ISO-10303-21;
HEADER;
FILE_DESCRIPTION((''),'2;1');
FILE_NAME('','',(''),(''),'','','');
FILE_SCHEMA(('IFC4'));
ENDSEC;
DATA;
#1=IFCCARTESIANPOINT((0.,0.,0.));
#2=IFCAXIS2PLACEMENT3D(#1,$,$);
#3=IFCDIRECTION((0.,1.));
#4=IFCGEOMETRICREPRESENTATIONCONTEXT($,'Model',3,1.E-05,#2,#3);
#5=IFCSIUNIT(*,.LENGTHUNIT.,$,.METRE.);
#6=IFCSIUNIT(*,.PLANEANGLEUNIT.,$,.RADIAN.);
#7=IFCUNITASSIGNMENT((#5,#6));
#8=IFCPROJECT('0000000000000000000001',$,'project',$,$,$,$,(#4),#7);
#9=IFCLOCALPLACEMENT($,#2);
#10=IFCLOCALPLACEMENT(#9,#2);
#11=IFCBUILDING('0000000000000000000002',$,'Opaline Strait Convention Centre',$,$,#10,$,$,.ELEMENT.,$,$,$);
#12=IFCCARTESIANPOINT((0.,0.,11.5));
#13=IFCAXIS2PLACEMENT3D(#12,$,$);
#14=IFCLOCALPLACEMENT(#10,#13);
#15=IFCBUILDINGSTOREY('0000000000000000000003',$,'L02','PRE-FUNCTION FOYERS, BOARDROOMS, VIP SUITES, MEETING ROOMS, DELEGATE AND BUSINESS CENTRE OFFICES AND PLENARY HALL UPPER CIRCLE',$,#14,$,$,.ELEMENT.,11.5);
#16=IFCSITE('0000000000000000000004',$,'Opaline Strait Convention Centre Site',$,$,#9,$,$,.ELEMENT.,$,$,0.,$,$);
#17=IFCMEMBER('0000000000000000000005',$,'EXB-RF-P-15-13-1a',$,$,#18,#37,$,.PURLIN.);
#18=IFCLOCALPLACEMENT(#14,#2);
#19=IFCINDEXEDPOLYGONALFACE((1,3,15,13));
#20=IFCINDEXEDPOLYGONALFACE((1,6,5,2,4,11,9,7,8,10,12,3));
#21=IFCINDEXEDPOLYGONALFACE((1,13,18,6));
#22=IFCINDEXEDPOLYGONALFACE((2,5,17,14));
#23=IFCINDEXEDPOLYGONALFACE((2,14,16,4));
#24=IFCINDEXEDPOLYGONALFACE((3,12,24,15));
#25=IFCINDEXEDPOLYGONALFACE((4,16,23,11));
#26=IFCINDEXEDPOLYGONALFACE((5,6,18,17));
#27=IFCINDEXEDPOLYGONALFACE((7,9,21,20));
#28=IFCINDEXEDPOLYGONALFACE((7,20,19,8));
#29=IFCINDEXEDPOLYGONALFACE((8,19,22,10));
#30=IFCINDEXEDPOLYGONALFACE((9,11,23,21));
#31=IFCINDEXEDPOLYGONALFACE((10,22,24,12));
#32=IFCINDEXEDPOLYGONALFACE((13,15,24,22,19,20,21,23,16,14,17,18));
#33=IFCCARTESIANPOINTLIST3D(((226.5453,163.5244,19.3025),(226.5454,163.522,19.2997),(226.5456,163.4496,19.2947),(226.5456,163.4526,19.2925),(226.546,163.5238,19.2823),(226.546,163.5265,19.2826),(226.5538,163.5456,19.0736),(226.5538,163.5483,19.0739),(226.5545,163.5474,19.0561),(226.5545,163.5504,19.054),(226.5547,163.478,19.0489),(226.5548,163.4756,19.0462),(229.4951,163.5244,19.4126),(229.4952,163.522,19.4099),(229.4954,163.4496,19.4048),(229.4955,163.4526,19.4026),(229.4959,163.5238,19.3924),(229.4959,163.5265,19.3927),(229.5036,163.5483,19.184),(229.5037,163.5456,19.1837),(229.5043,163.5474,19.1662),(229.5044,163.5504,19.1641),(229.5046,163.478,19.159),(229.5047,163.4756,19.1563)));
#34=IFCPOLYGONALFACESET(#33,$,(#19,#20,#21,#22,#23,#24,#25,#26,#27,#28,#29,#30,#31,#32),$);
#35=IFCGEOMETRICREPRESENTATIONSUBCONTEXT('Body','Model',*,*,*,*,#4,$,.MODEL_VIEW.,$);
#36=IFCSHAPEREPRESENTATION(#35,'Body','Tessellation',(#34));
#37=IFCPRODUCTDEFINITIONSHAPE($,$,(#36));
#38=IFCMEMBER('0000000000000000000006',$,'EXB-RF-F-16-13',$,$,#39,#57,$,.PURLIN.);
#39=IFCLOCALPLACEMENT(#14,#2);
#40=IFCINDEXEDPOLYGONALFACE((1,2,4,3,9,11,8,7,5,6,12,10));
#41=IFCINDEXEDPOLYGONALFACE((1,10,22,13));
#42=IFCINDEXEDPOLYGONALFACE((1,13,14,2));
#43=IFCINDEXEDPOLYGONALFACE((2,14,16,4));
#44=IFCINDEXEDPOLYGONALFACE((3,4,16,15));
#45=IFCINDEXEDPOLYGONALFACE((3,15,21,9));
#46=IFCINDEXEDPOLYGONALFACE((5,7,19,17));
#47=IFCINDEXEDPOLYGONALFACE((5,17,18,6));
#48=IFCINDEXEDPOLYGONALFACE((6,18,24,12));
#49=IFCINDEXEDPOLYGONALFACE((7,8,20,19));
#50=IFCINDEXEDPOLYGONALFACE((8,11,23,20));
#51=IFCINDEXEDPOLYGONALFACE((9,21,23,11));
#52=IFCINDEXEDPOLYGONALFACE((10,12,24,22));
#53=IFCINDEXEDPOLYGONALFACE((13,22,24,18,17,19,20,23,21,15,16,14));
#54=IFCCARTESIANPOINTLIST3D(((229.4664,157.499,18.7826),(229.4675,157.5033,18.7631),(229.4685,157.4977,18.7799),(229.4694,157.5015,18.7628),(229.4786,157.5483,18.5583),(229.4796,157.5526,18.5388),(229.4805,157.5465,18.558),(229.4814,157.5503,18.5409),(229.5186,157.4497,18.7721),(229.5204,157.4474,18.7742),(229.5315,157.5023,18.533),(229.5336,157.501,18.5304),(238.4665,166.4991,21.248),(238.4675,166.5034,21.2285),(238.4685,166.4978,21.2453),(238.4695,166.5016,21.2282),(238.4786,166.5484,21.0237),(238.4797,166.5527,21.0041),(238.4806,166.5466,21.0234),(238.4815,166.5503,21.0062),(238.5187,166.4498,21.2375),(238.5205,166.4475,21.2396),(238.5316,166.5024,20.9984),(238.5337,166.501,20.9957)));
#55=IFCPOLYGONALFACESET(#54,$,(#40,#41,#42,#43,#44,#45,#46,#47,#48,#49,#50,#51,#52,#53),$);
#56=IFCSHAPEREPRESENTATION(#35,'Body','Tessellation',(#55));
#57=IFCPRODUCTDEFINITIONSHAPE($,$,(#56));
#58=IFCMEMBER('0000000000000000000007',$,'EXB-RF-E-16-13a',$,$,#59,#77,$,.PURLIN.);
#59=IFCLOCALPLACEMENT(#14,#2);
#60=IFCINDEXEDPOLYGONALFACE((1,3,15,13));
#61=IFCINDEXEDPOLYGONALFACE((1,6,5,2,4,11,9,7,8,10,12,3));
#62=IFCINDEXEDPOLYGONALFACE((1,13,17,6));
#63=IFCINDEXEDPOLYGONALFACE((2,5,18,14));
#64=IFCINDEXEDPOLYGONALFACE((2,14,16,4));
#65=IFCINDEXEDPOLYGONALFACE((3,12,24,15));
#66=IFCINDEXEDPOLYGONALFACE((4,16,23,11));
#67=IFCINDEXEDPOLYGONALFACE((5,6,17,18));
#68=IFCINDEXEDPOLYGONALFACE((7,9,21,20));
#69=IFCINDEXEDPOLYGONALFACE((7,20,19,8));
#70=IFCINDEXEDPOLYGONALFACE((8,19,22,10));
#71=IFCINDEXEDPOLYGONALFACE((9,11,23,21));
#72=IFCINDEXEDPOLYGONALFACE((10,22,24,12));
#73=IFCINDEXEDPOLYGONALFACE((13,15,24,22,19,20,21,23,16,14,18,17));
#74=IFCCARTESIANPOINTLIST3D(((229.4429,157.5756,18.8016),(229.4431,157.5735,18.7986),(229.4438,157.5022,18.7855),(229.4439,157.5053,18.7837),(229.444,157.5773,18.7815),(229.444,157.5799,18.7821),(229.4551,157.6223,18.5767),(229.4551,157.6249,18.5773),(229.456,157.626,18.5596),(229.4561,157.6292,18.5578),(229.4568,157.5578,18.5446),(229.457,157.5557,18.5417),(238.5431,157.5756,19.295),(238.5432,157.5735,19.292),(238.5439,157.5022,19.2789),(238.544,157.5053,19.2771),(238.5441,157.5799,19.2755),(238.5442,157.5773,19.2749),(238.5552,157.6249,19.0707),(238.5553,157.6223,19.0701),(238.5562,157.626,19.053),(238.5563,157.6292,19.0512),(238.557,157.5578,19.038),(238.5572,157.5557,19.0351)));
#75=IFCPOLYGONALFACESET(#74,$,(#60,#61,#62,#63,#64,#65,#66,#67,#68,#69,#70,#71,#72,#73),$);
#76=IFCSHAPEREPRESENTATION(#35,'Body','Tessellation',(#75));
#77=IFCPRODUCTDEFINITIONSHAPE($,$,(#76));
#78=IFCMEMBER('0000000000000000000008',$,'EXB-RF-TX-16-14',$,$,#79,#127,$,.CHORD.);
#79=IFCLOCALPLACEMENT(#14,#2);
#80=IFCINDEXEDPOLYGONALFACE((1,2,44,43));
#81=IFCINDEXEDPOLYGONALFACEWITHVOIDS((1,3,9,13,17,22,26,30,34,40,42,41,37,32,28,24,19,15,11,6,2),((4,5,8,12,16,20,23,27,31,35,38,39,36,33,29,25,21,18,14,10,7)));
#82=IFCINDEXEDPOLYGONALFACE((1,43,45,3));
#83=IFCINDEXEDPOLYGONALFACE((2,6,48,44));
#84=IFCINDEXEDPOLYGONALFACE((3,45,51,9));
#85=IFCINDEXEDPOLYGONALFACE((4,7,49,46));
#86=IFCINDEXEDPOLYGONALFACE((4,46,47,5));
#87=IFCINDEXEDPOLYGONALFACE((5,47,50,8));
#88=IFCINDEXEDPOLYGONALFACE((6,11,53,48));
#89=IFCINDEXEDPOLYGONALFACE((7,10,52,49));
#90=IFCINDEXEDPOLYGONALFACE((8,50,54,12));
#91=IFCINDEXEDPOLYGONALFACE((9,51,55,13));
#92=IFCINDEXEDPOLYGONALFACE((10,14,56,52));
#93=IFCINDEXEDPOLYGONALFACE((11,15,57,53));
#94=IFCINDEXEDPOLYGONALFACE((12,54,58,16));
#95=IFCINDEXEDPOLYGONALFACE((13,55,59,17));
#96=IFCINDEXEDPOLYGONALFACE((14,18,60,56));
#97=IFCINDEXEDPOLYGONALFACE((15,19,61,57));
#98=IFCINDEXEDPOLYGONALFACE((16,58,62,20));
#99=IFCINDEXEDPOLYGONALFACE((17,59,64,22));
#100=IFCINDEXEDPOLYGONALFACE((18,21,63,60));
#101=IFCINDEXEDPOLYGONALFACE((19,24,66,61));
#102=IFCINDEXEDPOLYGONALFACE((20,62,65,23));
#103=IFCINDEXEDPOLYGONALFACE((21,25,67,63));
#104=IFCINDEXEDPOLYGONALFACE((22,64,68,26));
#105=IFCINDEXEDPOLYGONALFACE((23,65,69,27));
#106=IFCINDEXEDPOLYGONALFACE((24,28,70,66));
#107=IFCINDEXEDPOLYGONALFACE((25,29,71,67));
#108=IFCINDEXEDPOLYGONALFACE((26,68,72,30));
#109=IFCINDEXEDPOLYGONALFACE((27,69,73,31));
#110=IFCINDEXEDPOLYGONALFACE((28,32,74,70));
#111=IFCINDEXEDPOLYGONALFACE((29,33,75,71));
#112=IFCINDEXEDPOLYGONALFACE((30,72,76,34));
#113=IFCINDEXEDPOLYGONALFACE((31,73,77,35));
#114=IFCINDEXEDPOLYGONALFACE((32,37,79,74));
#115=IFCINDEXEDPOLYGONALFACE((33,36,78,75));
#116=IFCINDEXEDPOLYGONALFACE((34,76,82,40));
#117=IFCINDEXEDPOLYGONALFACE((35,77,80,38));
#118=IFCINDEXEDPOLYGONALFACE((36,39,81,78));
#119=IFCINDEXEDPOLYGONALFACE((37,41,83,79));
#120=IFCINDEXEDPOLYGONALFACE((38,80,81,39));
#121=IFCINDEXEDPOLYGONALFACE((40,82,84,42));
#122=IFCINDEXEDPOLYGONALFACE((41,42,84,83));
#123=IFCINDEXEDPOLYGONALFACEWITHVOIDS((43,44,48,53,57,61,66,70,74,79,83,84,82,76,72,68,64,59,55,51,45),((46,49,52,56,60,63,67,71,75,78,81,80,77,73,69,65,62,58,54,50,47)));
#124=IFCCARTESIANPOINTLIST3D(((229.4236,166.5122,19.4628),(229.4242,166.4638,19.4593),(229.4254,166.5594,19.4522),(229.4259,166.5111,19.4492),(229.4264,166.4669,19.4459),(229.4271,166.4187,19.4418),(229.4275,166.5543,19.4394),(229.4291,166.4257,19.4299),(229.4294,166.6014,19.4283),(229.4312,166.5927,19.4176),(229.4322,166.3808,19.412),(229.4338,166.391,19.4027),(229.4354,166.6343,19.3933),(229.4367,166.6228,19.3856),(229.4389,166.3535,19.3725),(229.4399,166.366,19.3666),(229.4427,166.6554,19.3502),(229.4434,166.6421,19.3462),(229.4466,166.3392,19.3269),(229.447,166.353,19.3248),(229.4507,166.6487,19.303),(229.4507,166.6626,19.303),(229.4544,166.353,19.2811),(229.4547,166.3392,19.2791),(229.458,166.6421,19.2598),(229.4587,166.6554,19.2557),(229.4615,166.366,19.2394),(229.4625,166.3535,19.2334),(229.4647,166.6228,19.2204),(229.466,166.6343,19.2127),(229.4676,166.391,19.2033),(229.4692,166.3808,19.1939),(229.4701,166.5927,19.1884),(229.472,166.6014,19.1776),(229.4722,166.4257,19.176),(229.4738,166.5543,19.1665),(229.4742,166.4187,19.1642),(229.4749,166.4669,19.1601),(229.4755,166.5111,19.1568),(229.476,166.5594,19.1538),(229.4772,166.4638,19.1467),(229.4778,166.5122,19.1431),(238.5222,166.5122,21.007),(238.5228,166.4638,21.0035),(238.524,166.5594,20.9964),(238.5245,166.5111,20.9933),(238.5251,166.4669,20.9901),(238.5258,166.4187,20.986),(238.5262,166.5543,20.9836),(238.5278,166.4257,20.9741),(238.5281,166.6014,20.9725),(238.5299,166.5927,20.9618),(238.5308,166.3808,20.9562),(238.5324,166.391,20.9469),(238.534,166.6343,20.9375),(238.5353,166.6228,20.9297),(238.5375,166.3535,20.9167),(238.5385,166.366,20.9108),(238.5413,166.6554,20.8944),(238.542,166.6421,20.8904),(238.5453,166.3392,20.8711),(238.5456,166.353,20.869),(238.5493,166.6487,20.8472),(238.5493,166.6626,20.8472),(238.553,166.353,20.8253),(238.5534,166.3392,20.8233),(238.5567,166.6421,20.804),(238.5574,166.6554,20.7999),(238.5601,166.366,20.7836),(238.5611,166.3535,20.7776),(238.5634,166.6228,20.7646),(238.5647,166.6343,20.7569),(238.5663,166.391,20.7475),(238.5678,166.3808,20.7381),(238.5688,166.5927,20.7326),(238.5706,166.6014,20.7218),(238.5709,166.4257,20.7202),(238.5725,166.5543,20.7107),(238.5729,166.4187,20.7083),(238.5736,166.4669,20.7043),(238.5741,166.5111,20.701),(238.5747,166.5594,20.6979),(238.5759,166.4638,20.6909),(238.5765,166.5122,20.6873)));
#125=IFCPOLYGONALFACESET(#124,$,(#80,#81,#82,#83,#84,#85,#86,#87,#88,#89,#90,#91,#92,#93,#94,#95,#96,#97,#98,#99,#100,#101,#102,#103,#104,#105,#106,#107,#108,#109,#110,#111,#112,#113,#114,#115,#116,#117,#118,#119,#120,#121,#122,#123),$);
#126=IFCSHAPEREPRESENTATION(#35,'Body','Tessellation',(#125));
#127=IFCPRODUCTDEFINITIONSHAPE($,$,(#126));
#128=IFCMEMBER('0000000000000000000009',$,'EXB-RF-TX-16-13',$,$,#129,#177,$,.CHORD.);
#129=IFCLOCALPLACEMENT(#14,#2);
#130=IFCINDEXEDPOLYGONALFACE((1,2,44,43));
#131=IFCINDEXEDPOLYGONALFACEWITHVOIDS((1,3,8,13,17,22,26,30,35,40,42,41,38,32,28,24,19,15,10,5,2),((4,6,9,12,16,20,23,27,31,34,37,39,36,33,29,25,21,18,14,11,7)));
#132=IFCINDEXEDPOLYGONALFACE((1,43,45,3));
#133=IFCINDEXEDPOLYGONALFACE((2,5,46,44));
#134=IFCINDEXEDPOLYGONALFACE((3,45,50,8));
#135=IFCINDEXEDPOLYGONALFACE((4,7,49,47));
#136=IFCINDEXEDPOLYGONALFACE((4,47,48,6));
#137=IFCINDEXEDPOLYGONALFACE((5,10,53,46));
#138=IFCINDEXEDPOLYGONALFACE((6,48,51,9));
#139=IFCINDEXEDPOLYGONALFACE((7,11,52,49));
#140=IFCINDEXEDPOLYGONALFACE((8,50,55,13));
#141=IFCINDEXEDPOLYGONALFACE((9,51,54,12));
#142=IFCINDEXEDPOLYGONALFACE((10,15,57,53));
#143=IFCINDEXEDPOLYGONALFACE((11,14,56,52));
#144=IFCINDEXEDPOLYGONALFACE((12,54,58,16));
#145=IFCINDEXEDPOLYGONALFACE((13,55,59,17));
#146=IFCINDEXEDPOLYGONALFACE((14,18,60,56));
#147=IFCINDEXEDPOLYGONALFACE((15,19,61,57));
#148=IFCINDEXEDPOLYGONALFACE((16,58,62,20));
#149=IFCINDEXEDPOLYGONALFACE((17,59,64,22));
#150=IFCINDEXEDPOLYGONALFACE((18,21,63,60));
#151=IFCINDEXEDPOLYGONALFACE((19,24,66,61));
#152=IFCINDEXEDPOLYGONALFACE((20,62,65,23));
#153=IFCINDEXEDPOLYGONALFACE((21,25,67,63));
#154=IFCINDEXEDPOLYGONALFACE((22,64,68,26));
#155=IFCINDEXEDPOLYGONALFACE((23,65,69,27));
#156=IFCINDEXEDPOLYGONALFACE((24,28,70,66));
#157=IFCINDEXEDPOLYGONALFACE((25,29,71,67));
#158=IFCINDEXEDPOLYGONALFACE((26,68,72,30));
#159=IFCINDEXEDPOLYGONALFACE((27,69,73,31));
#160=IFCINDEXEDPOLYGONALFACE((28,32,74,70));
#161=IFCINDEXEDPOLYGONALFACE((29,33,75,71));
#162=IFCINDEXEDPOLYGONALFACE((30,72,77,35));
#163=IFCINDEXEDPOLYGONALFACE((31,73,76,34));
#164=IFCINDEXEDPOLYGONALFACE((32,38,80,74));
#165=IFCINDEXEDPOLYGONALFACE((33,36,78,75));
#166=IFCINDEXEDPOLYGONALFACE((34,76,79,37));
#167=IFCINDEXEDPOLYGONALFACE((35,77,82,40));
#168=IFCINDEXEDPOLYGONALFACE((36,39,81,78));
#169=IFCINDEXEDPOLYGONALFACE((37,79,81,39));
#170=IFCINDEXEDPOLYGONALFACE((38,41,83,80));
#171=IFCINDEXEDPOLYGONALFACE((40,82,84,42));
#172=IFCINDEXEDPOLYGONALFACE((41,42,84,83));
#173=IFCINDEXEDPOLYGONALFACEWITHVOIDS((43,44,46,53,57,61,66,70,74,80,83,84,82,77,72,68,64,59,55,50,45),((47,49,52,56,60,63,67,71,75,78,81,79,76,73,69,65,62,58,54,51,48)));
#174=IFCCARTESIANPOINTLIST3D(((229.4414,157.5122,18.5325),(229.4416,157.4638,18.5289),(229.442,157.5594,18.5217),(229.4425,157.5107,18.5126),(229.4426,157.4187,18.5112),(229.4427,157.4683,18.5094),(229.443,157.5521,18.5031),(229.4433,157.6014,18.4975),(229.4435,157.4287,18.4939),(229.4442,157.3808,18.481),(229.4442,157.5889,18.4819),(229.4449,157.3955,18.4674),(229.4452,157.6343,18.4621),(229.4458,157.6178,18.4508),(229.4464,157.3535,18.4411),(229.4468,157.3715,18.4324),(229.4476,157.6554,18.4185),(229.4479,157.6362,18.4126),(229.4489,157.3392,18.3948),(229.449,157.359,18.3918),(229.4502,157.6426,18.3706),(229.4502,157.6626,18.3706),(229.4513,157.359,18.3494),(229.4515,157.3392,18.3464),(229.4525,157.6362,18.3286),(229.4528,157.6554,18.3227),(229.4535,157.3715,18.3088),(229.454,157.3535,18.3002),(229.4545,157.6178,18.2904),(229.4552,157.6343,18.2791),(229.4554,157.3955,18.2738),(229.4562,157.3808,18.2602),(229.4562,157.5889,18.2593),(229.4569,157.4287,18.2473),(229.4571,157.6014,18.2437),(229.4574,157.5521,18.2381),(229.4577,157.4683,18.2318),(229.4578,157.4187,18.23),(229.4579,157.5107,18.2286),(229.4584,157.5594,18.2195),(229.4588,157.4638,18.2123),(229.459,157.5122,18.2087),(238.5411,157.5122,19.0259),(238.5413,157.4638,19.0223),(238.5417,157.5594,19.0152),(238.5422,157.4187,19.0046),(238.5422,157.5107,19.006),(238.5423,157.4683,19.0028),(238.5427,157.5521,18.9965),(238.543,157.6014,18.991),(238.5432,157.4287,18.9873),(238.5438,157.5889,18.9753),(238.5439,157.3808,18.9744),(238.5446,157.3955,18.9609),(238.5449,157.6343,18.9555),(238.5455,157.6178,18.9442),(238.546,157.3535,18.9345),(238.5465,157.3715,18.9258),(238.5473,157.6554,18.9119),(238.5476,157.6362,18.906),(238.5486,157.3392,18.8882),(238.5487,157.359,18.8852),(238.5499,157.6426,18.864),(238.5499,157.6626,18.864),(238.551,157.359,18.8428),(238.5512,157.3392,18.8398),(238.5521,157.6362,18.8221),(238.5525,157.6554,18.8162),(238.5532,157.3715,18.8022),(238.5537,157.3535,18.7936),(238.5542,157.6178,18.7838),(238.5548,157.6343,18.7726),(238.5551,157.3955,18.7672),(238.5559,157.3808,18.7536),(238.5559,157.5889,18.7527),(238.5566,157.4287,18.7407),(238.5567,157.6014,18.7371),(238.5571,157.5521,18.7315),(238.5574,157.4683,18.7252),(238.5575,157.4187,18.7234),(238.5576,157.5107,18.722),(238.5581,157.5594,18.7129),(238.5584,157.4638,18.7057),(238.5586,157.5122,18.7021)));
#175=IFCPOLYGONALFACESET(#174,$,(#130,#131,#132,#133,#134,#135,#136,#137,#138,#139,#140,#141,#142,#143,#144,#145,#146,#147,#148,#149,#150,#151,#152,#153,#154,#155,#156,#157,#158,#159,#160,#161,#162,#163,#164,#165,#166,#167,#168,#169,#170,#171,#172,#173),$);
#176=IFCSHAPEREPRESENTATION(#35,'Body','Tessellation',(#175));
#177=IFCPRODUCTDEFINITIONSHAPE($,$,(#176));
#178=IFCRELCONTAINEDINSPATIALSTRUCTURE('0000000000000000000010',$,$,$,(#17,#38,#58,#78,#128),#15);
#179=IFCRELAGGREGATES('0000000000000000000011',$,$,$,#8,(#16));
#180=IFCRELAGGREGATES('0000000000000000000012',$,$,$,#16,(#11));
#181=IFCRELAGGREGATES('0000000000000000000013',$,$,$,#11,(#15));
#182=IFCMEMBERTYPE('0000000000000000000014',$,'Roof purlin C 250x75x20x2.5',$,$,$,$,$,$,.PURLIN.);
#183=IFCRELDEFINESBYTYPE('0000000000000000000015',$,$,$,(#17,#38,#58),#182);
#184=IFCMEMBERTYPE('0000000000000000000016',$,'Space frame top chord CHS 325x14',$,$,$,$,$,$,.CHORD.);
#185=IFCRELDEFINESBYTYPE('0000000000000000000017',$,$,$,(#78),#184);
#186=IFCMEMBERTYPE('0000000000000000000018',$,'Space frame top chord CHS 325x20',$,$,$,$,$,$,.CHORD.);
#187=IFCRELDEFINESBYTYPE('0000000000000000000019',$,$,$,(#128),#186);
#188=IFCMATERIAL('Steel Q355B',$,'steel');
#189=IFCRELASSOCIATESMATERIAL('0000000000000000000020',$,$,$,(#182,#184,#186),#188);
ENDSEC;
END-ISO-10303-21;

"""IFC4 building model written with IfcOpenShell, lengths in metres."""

from ifc_helpers import new_model, si_unit, direction, frame, origin, origin_2d, place, context, subcontext, project, spatial, polyline, hollow_circle, outline, extrude, material, material_profile, profile_set, type_object, element, save


model = new_model("IFC4")

# Units and contexts
model_context = context("Model", 3, precision=1e-05, world=origin(), true_north=direction((0.0, 1.0)))
body_context = subcontext(model_context, "Body", "Model", "MODEL_VIEW")
ifc_project = project(units=[si_unit("LENGTHUNIT", "METRE"), si_unit("PLANEANGLEUNIT", "RADIAN")], contexts=[model_context])

# Site, building, storey
site_placement = place(None, origin())
site = spatial("IfcSite", under=ifc_project, at=site_placement, Name="Opaline Strait Convention Centre Site", CompositionType="ELEMENT", RefElevation=0.0)
building_placement = place(site_placement, origin())
building = spatial("IfcBuilding", under=site, at=building_placement, Name="Opaline Strait Convention Centre", CompositionType="ELEMENT")
storey_placement = place(building_placement, frame((0.0, 0.0, 11.5)))
storey = spatial("IfcBuildingStorey", under=building, at=storey_placement, Name="L02", Description="PRE-FUNCTION FOYERS, BOARDROOMS, VIP SUITES, MEETING ROOMS, DELEGATE AND BUSINESS CENTRE OFFICES AND PLENARY HALL UPPER CIRCLE", CompositionType="ELEMENT", Elevation=11.5)

# Members
ifc_material_1 = material(Name="Steel Q355B", Category="steel")
ifc_material_profile_1 = material_profile(ifc_material_1, outline(polyline([(-0.0376, -0.125), (0.0376, -0.125), (0.0376, -0.105), (0.0349, -0.105), (0.0349, -0.1226), (-0.0349, -0.1226), (-0.0349, 0.1226), (0.0349, 0.1226), (0.0349, 0.105), (0.0376, 0.105), (0.0376, 0.125), (-0.0376, 0.125), (-0.0376, -0.125)])), Name="C 250x75x20x2.5")
ifc_profile_set_1 = profile_set([ifc_material_profile_1], Name="Steel Q355B")
member_type_1 = type_object("IfcMemberType", Name="Roof purlin C 250x75x20x2.5", PredefinedType="PURLIN", material=ifc_profile_set_1)
member_1_placement = place(storey_placement, frame((226.55, 163.5, 19.1743), z_axis=(0.999304, 0.0, 0.037299), x_axis=(-0.003866, 0.994613, 0.103587)))
element("IfcMember", 1, at=member_1_placement, inside=storey, type_object=member_type_1, Name="EXB-RF-P-15-13-1a", PredefinedType="PURLIN", context=body_context, shape_type="SweptSolid", body=[
    extrude(outline(polyline([(-0.0376, -0.125), (0.0376, -0.125), (0.0376, -0.105), (0.0349, -0.105), (0.0349, -0.1226), (-0.0349, -0.1226), (-0.0349, 0.1226), (0.0349, 0.1226), (0.0349, 0.105), (0.0376, 0.105), (0.0376, 0.125), (-0.0376, 0.125), (-0.0376, -0.125)])), origin(), (0.0, 0.0, 1.0), 2.9519),
])
member_2_placement = place(storey_placement, frame((229.5, 157.5, 18.6565), z_axis=(0.694204, 0.694204, 0.19016), x_axis=(-0.717834, 0.687136, 0.112067)))
element("IfcMember", 2, at=member_2_placement, inside=storey, type_object=member_type_1, Name="EXB-RF-F-16-13", PredefinedType="PURLIN", context=body_context, shape_type="SweptSolid", body=[
    extrude(outline(polyline([(-0.0376, -0.125), (0.0376, -0.125), (0.0376, -0.105), (0.0349, -0.105), (0.0349, -0.1226), (-0.0349, -0.1226), (-0.0349, 0.1226), (0.0349, 0.1226), (0.0349, 0.105), (0.0376, 0.105), (0.0376, 0.125), (-0.0376, 0.125), (-0.0376, -0.125)])), origin(), (0.0, 0.0, 1.0), 12.9646),
])
member_3_placement = place(storey_placement, frame((229.45, 157.5657, 18.6716), z_axis=(0.998533, 0.0, 0.054141), x_axis=(-0.011602, 0.976768, 0.213986)))
element("IfcMember", 3, at=member_3_placement, inside=storey, type_object=member_type_1, Name="EXB-RF-E-16-13a", PredefinedType="PURLIN", context=body_context, shape_type="SweptSolid", body=[
    extrude(outline(polyline([(-0.0376, -0.125), (0.0376, -0.125), (0.0376, -0.105), (0.0349, -0.105), (0.0349, -0.1226), (-0.0349, -0.1226), (-0.0349, 0.1226), (0.0349, 0.1226), (0.0349, 0.105), (0.0376, 0.105), (0.0376, 0.125), (-0.0376, 0.125), (-0.0376, -0.125)])), origin(), (0.0, 0.0, 1.0), 9.1135),
])
ifc_material_profile_2 = material_profile(ifc_material_1, hollow_circle(Radius=0.1626, WallThickness=0.0139, at=origin_2d()), Name="CHS 325x14")
ifc_profile_set_2 = profile_set([ifc_material_profile_2], Name="Steel Q355B")
member_type_2 = type_object("IfcMemberType", Name="Space frame top chord CHS 325x14", PredefinedType="CHORD", material=ifc_profile_set_2)
member_4_placement = place(storey_placement, frame((229.4507, 166.5, 19.303), z_axis=(0.985902, 0.0, 0.167324), x_axis=(0.0, 1.0, 0.0)))
element("IfcMember", 4, at=member_4_placement, inside=storey, type_object=member_type_2, Name="EXB-RF-TX-16-14", PredefinedType="CHORD", context=body_context, shape_type="SweptSolid", body=[
    extrude(hollow_circle(Radius=0.1626, WallThickness=0.0139, at=origin_2d()), origin(), (0.0, 0.0, 1.0), 9.2288),
])
ifc_material_profile_3 = material_profile(ifc_material_1, hollow_circle(Radius=0.1626, WallThickness=0.02, at=origin_2d()), Name="CHS 325x20")
ifc_profile_set_3 = profile_set([ifc_material_profile_3], Name="Steel Q355B")
member_type_3 = type_object("IfcMemberType", Name="Space frame top chord CHS 325x20", PredefinedType="CHORD", material=ifc_profile_set_3)
member_5_placement = place(storey_placement, frame((229.4502, 157.5, 18.3706), z_axis=(0.998533, 0.0, 0.054143), x_axis=(0.0, 1.0, 0.0)))
element("IfcMember", 5, at=member_5_placement, inside=storey, type_object=member_type_3, Name="EXB-RF-TX-16-13", PredefinedType="CHORD", context=body_context, shape_type="SweptSolid", body=[
    extrude(hollow_circle(Radius=0.1626, WallThickness=0.02, at=origin_2d()), origin(), (0.0, 0.0, 1.0), 9.113),
])

save(model, "model.ifc")
